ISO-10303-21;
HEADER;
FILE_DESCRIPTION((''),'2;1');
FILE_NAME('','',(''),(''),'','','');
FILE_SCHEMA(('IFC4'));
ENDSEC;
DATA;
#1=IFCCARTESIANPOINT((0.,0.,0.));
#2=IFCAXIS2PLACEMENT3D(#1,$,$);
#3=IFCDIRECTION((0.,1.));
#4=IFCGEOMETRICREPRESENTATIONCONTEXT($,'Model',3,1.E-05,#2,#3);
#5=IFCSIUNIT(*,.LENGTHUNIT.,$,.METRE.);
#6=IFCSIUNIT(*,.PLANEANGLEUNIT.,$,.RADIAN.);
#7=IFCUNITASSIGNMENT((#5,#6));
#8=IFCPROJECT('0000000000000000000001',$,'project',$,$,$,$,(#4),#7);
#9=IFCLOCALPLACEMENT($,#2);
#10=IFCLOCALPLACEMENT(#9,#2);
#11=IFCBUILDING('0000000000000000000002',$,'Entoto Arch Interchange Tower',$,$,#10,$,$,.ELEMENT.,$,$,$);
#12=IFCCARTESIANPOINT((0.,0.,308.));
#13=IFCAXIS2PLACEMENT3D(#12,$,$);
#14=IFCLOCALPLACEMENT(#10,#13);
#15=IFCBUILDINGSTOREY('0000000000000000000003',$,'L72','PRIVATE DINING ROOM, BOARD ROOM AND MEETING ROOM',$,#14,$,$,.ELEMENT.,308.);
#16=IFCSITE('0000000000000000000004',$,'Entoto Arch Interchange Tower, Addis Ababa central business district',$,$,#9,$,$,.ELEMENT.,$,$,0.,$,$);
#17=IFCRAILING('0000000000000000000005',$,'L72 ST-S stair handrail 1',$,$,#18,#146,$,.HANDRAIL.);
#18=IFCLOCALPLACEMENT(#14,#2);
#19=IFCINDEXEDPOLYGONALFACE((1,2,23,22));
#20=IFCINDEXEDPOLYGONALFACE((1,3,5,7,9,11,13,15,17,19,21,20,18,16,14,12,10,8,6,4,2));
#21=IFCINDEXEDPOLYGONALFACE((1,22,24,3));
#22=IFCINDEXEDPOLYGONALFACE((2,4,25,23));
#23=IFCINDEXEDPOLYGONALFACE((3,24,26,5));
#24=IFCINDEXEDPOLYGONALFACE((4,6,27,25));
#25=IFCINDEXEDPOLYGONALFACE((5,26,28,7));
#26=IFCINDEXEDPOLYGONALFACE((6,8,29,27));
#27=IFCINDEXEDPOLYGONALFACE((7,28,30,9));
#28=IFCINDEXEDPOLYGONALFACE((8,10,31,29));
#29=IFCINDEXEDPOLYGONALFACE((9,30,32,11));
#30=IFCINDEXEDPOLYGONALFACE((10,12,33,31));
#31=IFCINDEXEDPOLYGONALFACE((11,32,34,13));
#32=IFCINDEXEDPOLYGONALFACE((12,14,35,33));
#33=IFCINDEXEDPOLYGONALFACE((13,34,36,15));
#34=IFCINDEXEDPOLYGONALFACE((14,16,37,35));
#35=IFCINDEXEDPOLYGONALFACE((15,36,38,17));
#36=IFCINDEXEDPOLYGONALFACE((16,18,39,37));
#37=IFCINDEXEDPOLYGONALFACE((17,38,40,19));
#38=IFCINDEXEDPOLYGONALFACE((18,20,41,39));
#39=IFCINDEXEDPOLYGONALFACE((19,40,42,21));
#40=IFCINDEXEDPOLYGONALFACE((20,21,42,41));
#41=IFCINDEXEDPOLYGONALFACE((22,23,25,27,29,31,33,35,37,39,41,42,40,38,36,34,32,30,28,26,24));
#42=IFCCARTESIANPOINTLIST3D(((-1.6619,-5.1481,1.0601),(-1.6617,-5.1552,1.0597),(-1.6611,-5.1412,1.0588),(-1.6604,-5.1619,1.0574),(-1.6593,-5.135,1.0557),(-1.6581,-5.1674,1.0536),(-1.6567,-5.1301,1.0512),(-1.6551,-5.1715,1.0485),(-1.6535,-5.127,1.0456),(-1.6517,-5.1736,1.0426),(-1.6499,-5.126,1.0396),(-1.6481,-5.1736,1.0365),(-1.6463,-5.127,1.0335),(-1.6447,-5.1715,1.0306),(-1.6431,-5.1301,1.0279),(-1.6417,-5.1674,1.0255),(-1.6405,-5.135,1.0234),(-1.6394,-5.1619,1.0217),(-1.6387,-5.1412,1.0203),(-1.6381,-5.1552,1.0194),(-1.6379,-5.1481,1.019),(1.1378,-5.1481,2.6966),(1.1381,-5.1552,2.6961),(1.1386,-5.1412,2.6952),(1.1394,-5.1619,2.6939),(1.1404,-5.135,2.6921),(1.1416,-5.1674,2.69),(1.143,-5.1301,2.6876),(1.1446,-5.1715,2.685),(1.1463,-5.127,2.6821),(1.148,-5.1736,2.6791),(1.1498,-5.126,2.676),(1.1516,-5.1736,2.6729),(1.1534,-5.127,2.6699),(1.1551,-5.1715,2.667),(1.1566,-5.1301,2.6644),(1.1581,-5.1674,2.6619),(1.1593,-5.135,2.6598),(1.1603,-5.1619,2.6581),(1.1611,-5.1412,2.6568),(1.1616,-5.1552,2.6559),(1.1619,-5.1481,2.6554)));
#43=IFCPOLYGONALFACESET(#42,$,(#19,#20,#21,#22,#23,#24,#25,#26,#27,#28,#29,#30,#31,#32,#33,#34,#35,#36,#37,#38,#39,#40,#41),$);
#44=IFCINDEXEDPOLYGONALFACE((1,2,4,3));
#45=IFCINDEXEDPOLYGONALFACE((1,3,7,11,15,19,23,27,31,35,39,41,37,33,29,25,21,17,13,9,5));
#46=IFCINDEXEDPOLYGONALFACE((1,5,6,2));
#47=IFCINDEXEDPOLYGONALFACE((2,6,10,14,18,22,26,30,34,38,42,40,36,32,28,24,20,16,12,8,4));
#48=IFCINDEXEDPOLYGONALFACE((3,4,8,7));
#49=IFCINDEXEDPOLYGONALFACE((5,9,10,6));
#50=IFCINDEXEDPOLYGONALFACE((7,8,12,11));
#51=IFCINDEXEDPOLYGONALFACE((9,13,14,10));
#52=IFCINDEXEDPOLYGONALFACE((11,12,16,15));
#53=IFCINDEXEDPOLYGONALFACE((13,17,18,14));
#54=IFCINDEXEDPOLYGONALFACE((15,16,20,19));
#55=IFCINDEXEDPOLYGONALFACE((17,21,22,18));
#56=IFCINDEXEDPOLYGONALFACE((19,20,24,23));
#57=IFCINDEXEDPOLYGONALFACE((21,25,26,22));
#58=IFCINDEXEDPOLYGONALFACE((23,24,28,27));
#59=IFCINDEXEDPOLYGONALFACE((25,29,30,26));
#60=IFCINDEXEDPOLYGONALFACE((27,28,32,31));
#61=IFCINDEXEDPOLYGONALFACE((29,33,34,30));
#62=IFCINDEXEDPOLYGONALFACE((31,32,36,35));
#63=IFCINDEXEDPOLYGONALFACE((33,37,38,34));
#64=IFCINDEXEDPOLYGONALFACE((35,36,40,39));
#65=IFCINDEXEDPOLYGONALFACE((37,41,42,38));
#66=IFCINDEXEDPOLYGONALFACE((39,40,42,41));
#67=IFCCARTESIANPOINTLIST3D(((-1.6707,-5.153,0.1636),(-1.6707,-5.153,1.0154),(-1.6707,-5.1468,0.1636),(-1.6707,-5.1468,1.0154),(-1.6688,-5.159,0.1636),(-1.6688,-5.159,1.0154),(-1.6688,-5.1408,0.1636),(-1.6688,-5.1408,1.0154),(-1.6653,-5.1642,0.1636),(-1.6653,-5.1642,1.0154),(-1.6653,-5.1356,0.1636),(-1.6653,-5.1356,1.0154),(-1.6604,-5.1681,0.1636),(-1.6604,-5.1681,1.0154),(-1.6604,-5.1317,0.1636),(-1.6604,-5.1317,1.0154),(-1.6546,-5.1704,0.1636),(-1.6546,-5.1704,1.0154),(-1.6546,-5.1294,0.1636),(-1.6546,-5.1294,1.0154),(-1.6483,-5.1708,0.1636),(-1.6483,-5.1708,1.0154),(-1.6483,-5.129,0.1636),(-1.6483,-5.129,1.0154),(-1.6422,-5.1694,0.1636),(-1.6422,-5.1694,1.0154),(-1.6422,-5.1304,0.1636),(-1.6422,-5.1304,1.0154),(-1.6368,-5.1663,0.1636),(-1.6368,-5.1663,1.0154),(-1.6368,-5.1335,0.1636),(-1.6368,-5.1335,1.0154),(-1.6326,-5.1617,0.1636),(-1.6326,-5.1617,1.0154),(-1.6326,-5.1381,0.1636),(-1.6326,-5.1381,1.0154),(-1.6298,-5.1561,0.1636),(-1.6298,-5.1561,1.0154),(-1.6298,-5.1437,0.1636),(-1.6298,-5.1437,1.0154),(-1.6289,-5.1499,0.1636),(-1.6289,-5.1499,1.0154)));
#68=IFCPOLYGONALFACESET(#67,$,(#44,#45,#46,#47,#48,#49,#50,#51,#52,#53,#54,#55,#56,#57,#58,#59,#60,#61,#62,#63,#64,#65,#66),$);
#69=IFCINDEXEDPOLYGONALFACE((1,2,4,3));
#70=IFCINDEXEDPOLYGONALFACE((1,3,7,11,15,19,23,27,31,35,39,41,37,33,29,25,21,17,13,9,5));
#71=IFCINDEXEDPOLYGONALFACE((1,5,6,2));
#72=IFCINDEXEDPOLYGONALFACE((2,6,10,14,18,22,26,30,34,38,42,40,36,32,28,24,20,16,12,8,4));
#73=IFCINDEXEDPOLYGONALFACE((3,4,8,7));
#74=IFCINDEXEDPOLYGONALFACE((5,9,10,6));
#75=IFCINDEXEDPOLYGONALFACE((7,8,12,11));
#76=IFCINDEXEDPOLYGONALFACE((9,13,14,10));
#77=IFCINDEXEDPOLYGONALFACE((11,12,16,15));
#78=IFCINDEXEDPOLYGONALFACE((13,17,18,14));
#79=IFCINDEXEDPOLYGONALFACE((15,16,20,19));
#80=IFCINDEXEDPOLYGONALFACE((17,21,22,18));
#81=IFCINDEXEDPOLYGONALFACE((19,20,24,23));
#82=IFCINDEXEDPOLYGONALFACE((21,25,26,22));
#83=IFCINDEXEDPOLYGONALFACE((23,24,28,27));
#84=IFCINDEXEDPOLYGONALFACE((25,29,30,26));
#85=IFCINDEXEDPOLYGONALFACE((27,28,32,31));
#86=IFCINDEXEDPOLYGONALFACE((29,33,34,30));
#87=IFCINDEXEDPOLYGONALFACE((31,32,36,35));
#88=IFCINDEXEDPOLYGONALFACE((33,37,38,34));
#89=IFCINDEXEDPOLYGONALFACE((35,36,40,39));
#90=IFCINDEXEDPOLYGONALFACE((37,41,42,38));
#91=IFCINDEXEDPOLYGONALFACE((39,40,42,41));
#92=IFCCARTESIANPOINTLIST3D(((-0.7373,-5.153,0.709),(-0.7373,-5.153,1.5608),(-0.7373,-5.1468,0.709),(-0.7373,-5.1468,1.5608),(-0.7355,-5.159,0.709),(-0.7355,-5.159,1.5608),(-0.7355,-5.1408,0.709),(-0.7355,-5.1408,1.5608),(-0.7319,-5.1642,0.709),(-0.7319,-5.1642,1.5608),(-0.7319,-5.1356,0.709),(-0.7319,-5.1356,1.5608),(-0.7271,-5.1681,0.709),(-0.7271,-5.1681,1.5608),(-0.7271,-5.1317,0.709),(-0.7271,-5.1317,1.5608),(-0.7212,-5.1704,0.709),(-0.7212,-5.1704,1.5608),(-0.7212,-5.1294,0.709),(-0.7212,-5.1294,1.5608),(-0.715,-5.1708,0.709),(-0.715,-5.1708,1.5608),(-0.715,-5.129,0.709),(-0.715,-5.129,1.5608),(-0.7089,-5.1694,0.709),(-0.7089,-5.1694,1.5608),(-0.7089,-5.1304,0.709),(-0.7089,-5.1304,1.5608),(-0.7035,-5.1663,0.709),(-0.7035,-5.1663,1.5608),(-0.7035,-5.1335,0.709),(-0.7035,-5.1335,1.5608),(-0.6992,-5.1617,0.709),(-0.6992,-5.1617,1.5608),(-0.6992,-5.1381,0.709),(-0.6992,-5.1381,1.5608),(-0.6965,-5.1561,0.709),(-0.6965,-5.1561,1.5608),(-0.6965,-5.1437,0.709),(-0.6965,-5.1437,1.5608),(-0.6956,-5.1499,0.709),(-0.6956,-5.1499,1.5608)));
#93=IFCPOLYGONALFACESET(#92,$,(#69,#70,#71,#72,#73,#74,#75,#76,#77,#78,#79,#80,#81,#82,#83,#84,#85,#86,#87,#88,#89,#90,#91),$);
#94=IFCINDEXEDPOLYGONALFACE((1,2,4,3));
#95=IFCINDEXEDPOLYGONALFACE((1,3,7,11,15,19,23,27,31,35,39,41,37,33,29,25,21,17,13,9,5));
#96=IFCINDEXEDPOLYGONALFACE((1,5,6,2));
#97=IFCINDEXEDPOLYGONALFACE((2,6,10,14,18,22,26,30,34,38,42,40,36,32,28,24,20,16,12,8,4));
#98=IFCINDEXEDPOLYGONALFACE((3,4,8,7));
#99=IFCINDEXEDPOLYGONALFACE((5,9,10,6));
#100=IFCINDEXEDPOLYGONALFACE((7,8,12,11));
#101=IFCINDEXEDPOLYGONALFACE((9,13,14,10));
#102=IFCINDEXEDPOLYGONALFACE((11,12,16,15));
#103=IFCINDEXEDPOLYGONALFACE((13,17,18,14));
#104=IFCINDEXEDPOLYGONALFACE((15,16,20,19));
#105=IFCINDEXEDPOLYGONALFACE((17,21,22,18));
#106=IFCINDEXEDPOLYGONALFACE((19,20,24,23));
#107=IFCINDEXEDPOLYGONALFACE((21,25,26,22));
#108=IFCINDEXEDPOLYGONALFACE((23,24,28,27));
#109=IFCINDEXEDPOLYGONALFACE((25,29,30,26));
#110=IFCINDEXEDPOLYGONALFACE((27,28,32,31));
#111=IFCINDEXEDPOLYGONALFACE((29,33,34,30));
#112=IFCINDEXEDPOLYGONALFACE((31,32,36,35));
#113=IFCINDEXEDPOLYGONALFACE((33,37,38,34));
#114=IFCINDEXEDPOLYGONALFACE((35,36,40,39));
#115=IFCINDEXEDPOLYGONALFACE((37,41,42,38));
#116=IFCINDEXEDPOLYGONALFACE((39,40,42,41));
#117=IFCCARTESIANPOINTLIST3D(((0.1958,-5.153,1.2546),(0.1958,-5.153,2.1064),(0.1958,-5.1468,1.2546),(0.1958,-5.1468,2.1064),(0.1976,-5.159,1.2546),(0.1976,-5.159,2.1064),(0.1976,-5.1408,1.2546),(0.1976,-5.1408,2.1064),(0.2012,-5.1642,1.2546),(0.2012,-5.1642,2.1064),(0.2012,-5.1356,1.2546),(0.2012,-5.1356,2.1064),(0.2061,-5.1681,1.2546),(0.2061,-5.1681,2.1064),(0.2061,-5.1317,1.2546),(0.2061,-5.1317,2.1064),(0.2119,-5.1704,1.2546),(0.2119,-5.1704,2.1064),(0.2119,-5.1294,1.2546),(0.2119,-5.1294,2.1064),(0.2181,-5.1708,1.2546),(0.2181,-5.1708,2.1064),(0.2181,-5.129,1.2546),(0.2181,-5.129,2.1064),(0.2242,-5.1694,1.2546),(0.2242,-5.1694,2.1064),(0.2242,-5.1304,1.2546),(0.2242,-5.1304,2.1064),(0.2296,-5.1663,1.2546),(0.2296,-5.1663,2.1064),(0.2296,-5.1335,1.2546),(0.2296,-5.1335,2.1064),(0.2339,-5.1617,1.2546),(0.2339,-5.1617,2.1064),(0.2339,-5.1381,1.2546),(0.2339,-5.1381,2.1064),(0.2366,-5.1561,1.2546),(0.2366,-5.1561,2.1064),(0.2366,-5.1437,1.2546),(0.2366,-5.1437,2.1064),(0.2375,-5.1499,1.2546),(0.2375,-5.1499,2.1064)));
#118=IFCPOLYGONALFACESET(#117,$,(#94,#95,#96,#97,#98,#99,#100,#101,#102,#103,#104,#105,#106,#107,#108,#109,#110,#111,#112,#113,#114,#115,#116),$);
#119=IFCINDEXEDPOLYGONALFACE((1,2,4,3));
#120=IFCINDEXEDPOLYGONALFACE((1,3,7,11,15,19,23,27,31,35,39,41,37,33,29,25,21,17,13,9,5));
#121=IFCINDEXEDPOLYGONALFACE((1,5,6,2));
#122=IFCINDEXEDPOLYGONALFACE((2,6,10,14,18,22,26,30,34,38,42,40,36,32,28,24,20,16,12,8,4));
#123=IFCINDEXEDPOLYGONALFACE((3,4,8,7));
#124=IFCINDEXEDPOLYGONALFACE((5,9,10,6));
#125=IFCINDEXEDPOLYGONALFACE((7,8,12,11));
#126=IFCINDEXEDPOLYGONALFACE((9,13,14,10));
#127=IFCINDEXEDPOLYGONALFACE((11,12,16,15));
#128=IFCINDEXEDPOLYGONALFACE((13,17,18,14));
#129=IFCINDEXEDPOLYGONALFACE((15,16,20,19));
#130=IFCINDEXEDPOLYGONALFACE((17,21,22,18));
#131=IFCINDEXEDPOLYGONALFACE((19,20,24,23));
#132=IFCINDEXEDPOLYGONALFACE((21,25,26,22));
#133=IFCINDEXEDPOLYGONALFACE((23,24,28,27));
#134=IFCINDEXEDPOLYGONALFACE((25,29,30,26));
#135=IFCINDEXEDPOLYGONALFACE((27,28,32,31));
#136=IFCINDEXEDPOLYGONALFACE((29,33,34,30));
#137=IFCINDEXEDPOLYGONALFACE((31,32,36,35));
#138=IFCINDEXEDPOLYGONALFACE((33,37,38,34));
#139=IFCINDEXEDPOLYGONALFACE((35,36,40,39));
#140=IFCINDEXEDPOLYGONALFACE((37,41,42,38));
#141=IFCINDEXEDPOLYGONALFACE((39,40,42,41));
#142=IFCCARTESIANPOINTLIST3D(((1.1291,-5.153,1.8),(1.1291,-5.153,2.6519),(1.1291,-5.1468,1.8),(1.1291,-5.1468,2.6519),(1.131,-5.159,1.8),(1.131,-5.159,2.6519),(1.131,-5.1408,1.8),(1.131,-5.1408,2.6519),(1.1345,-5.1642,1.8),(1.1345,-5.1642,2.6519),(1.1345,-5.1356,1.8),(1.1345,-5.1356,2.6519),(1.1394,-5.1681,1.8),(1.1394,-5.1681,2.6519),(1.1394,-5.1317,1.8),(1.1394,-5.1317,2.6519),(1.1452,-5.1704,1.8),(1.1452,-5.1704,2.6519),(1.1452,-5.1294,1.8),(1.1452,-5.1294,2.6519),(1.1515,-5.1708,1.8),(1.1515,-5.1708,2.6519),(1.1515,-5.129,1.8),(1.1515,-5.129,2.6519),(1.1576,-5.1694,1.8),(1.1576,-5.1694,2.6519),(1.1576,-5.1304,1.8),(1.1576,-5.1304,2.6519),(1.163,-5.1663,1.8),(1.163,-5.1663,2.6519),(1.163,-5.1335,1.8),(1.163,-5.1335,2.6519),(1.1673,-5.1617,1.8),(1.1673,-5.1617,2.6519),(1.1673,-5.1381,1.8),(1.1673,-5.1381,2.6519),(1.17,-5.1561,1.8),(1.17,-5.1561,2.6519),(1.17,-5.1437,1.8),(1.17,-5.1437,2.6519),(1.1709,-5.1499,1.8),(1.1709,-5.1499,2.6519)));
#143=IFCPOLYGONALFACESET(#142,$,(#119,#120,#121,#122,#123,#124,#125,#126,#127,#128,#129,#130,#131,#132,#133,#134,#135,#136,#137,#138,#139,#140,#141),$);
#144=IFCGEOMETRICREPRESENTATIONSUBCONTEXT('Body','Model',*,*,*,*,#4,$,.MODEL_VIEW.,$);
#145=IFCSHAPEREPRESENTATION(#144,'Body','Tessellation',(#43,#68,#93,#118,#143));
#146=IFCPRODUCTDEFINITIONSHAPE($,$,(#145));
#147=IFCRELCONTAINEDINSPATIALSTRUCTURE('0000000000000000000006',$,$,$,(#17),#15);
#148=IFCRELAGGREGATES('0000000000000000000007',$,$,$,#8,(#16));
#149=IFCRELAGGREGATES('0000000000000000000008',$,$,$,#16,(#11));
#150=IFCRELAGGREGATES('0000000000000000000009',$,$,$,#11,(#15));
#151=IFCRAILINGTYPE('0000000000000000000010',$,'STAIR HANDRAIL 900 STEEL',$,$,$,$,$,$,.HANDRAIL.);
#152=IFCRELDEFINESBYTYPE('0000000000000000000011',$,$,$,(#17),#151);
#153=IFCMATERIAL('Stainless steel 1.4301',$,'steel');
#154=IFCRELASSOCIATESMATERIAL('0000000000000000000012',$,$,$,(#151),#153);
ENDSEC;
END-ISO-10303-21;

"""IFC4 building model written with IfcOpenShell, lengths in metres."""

from ifc_helpers import new_model, si_unit, direction, frame, origin, origin_2d, place, context, subcontext, project, spatial, circle, extrude, material, type_object, element, save


model = new_model("IFC4")

# Units and contexts
model_context = context("Model", 3, precision=1e-05, world=origin(), true_north=direction((0.0, 1.0)))
body_context = subcontext(model_context, "Body", "Model", "MODEL_VIEW")
ifc_project = project(units=[si_unit("LENGTHUNIT", "METRE"), si_unit("PLANEANGLEUNIT", "RADIAN")], contexts=[model_context])

# Site, building, storey
site_placement = place(None, origin())
site = spatial("IfcSite", under=ifc_project, at=site_placement, Name="Entoto Arch Interchange Tower, Addis Ababa central business district", CompositionType="ELEMENT", RefElevation=0.0)
building_placement = place(site_placement, origin())
building = spatial("IfcBuilding", under=site, at=building_placement, Name="Entoto Arch Interchange Tower", CompositionType="ELEMENT")
storey_placement = place(building_placement, frame((0.0, 0.0, 308.0)))
storey = spatial("IfcBuildingStorey", under=building, at=storey_placement, Name="L72", Description="PRIVATE DINING ROOM, BOARD ROOM AND MEETING ROOM", CompositionType="ELEMENT", Elevation=308.0)

# Railing
ifc_material_1 = material(Name="Stainless steel 1.4301", Category="steel")
railing_type_1 = type_object("IfcRailingType", Name="STAIR HANDRAIL 900 STEEL", PredefinedType="HANDRAIL", material=ifc_material_1)
railing_1_placement = place(storey_placement, frame((-1.6499, -5.1499, 0.1636)))
element("IfcRailing", 1, at=railing_1_placement, inside=storey, type_object=railing_type_1, Name="L72 ST-S stair handrail 1", PredefinedType="HANDRAIL", context=body_context, shape_type="SweptSolid", body=[
    extrude(circle(Radius=0.0239, at=origin_2d()), frame((0.0, 0.0, 0.876), z_axis=(0.863342, 0.0, 0.50462), x_axis=(0.0, 1.0, 0.0)), (0.0, 0.0, 1.0), 3.2429),
    extrude(circle(Radius=0.021, at=origin_2d()), origin(), (0.0, 0.0, 1.0), 0.8518),
    extrude(circle(Radius=0.021, at=origin_2d()), frame((0.9333, 0.0, 0.5454)), (0.0, 0.0, 1.0), 0.8518),
    extrude(circle(Radius=0.021, at=origin_2d()), frame((1.8665, 0.0, 1.0911)), (0.0, 0.0, 1.0), 0.8518),
    extrude(circle(Radius=0.021, at=origin_2d()), frame((2.7998, 0.0, 1.6365)), (0.0, 0.0, 1.0), 0.8518),
])

save(model, "model.ifc")
